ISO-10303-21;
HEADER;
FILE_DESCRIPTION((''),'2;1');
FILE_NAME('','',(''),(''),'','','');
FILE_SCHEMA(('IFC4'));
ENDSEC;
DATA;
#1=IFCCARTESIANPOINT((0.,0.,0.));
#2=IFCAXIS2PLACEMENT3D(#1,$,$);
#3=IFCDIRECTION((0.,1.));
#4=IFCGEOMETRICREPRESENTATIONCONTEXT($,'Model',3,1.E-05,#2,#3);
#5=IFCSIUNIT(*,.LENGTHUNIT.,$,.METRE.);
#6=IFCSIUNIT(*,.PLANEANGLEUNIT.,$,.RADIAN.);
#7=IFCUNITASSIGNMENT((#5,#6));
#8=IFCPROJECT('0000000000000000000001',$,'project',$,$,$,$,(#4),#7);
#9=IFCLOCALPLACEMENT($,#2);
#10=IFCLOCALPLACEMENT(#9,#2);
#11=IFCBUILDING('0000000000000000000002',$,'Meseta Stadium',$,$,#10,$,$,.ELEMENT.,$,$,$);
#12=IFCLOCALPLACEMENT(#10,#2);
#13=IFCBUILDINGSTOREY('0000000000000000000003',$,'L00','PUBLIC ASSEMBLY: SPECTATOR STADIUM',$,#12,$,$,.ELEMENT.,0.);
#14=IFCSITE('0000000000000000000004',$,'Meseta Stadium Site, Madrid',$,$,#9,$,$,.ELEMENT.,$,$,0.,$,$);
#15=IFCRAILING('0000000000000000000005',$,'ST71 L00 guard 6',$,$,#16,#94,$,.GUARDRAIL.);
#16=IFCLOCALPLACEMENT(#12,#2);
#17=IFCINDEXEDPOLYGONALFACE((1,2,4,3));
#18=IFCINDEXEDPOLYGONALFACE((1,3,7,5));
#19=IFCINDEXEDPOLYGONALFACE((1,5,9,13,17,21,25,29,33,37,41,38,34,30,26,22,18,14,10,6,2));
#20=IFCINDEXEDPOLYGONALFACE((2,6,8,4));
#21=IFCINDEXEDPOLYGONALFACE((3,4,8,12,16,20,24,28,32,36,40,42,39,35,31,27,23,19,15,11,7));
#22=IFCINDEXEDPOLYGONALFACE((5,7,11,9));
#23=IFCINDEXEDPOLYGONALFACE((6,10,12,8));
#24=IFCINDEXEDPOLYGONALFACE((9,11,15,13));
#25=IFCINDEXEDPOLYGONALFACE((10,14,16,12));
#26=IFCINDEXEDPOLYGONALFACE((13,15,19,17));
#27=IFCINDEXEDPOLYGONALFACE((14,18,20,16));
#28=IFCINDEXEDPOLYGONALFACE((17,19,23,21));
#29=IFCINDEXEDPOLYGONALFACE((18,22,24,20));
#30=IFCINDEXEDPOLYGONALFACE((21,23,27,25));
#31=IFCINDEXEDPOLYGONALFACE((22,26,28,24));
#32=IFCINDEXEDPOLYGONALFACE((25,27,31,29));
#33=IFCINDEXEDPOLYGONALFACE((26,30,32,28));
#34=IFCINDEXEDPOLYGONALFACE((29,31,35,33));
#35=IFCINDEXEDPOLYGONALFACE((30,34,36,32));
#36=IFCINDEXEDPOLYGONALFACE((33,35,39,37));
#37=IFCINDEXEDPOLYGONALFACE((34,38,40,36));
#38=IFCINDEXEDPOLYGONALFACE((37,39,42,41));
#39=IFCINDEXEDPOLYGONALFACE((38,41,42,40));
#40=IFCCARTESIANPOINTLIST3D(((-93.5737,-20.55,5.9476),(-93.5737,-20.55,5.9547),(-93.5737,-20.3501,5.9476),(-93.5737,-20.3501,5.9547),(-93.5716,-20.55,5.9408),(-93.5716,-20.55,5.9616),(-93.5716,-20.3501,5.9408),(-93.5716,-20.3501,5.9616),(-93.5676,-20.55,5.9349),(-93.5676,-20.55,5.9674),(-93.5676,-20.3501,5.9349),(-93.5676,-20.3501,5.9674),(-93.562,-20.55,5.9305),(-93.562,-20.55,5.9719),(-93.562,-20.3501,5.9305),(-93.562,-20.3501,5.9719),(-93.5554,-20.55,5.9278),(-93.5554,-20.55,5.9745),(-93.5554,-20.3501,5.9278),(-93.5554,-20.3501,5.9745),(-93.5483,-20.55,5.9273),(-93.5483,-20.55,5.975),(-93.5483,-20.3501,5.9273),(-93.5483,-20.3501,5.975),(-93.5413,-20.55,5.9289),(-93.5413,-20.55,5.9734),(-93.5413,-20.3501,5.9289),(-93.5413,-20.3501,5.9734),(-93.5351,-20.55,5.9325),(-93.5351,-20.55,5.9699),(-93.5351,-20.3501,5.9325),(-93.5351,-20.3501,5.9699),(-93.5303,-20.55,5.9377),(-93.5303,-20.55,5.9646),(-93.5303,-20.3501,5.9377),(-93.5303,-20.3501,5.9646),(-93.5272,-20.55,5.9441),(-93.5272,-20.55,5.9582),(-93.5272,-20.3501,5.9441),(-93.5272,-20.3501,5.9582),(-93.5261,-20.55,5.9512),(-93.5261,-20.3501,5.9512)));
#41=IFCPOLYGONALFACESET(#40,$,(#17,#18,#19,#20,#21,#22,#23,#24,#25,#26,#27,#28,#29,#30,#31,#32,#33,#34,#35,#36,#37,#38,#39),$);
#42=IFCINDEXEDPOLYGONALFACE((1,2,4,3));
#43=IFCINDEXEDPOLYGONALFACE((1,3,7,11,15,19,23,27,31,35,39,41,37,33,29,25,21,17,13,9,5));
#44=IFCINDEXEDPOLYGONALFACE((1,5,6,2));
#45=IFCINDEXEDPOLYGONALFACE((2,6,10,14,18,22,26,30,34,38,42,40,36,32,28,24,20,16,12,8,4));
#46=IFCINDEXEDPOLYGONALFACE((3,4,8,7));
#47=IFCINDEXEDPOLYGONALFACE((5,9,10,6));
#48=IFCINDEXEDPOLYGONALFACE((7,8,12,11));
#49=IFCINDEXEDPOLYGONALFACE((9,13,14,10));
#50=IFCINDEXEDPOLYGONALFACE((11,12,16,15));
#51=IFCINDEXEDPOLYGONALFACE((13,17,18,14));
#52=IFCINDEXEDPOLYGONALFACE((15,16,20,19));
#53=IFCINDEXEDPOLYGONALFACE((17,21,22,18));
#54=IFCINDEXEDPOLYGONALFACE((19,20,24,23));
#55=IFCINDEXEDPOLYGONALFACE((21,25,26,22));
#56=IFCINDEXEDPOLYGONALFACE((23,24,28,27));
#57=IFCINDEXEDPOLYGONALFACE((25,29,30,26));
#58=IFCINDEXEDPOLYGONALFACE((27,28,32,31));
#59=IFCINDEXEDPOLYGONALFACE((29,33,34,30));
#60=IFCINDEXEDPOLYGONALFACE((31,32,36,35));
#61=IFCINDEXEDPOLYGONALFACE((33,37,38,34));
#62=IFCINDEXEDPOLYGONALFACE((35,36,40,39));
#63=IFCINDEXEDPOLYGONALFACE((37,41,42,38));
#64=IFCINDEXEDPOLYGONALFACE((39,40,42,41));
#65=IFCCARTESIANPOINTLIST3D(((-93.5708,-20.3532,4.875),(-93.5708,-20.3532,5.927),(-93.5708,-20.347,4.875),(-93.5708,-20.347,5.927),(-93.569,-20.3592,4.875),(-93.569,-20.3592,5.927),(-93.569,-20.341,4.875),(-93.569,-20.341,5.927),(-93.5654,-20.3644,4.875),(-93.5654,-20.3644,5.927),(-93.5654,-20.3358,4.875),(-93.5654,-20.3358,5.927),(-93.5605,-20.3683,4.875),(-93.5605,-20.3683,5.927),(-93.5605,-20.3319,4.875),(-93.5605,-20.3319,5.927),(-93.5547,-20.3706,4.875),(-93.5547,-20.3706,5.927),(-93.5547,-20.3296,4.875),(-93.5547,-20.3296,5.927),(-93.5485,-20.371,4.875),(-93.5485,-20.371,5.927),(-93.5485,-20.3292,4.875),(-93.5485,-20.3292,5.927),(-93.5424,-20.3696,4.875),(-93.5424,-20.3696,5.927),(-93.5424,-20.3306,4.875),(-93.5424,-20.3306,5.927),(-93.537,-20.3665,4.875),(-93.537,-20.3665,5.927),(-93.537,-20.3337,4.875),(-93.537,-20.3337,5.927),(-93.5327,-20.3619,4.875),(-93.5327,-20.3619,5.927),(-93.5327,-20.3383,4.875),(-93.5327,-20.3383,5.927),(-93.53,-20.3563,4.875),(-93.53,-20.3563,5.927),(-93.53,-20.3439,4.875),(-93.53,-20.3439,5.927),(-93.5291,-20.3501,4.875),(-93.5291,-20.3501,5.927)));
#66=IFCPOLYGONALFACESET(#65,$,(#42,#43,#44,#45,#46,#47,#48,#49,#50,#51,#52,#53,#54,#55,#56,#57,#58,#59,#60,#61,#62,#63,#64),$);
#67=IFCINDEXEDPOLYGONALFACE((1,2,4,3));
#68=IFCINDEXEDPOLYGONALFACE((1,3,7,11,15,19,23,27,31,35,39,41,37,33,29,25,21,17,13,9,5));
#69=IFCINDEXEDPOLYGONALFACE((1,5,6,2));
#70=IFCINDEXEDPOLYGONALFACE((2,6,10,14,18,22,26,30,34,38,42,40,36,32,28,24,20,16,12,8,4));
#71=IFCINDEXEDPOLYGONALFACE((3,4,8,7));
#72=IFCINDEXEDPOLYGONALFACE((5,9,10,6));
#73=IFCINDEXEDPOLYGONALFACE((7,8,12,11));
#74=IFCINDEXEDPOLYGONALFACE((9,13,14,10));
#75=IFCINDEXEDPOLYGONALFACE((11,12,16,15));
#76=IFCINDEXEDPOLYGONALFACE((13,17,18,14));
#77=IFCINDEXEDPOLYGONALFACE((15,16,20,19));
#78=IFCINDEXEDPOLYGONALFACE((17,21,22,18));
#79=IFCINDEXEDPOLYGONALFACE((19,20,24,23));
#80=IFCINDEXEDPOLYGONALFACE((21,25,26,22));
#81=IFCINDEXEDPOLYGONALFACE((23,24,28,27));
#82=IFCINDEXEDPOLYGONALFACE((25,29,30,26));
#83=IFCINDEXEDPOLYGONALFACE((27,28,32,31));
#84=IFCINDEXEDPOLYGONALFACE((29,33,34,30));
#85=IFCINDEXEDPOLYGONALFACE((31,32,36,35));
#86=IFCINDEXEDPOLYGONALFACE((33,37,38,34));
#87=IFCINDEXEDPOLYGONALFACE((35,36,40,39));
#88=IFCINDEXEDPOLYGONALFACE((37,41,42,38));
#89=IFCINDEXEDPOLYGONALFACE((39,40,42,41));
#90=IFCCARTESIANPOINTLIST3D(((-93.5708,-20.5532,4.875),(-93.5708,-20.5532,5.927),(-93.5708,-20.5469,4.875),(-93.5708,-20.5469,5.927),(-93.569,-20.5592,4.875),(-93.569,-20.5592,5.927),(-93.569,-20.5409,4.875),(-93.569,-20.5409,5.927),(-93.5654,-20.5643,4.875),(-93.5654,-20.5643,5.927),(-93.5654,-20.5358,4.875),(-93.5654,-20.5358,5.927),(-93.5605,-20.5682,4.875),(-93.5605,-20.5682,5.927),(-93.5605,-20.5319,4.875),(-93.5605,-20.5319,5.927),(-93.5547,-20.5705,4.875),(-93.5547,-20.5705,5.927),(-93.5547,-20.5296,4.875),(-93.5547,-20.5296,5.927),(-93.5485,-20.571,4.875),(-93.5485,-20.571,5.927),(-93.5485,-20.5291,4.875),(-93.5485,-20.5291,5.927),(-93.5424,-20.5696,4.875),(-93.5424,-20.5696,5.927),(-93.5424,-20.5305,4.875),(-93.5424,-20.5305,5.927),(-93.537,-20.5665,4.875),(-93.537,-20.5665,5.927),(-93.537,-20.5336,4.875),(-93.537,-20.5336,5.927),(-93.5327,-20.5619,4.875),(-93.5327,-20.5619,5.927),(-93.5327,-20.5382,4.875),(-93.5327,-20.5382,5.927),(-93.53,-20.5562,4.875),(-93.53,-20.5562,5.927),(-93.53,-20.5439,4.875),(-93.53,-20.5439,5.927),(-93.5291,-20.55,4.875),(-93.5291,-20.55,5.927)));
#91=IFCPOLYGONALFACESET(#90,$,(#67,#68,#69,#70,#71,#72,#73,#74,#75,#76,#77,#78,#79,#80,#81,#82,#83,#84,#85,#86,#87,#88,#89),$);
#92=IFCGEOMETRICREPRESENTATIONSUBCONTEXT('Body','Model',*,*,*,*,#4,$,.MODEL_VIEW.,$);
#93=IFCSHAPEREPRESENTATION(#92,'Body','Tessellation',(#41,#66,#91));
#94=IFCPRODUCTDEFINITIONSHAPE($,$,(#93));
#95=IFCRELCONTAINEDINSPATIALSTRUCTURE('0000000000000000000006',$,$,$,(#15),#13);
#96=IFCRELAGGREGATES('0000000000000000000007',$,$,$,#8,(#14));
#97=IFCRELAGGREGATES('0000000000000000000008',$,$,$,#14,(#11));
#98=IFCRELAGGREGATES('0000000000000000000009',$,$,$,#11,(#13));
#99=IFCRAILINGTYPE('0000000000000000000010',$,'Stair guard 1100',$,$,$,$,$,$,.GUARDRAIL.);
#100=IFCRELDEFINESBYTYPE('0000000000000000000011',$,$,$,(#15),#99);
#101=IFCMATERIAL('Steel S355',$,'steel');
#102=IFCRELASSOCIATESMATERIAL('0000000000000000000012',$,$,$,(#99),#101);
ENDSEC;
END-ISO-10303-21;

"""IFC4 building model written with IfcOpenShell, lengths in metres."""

from ifc_helpers import new_model, si_unit, direction, frame, origin, origin_2d, place, context, subcontext, project, spatial, circle, extrude, material, type_object, element, save


model = new_model("IFC4")

# Units and contexts
model_context = context("Model", 3, precision=1e-05, world=origin(), true_north=direction((0.0, 1.0)))
body_context = subcontext(model_context, "Body", "Model", "MODEL_VIEW")
ifc_project = project(units=[si_unit("LENGTHUNIT", "METRE"), si_unit("PLANEANGLEUNIT", "RADIAN")], contexts=[model_context])

# Site, building, storey
site_placement = place(None, origin())
site = spatial("IfcSite", under=ifc_project, at=site_placement, Name="Meseta Stadium Site, Madrid", CompositionType="ELEMENT", RefElevation=0.0)
building_placement = place(site_placement, origin())
building = spatial("IfcBuilding", under=site, at=building_placement, Name="Meseta Stadium", CompositionType="ELEMENT")
storey_placement = place(building_placement, origin())
storey = spatial("IfcBuildingStorey", under=building, at=storey_placement, Name="L00", Description="PUBLIC ASSEMBLY: SPECTATOR STADIUM", CompositionType="ELEMENT", Elevation=0.0)

# Railing
ifc_material_1 = material(Name="Steel S355", Category="steel")
railing_type_1 = type_object("IfcRailingType", Name="Stair guard 1100", PredefinedType="GUARDRAIL", material=ifc_material_1)
railing_1_placement = place(storey_placement, frame((-93.55, -20.3501, 4.875)))
element("IfcRailing", 1, at=railing_1_placement, inside=storey, type_object=railing_type_1, Name="ST71 L00 guard 6", PredefinedType="GUARDRAIL", context=body_context, shape_type="SweptSolid", body=[
    extrude(circle(Radius=0.0239, at=origin_2d()), frame((0.0, 0.0, 1.0762), z_axis=(0.0, -1.0, 0.0), x_axis=(1.0, 0.0, 0.0)), (0.0, 0.0, 1.0), 0.2),
    extrude(circle(Radius=0.021, at=origin_2d()), origin(), (0.0, 0.0, 1.0), 1.052),
    extrude(circle(Radius=0.021, at=origin_2d()), frame((0.0, -0.2, 0.0)), (0.0, 0.0, 1.0), 1.052),
])

save(model, "model.ifc")
